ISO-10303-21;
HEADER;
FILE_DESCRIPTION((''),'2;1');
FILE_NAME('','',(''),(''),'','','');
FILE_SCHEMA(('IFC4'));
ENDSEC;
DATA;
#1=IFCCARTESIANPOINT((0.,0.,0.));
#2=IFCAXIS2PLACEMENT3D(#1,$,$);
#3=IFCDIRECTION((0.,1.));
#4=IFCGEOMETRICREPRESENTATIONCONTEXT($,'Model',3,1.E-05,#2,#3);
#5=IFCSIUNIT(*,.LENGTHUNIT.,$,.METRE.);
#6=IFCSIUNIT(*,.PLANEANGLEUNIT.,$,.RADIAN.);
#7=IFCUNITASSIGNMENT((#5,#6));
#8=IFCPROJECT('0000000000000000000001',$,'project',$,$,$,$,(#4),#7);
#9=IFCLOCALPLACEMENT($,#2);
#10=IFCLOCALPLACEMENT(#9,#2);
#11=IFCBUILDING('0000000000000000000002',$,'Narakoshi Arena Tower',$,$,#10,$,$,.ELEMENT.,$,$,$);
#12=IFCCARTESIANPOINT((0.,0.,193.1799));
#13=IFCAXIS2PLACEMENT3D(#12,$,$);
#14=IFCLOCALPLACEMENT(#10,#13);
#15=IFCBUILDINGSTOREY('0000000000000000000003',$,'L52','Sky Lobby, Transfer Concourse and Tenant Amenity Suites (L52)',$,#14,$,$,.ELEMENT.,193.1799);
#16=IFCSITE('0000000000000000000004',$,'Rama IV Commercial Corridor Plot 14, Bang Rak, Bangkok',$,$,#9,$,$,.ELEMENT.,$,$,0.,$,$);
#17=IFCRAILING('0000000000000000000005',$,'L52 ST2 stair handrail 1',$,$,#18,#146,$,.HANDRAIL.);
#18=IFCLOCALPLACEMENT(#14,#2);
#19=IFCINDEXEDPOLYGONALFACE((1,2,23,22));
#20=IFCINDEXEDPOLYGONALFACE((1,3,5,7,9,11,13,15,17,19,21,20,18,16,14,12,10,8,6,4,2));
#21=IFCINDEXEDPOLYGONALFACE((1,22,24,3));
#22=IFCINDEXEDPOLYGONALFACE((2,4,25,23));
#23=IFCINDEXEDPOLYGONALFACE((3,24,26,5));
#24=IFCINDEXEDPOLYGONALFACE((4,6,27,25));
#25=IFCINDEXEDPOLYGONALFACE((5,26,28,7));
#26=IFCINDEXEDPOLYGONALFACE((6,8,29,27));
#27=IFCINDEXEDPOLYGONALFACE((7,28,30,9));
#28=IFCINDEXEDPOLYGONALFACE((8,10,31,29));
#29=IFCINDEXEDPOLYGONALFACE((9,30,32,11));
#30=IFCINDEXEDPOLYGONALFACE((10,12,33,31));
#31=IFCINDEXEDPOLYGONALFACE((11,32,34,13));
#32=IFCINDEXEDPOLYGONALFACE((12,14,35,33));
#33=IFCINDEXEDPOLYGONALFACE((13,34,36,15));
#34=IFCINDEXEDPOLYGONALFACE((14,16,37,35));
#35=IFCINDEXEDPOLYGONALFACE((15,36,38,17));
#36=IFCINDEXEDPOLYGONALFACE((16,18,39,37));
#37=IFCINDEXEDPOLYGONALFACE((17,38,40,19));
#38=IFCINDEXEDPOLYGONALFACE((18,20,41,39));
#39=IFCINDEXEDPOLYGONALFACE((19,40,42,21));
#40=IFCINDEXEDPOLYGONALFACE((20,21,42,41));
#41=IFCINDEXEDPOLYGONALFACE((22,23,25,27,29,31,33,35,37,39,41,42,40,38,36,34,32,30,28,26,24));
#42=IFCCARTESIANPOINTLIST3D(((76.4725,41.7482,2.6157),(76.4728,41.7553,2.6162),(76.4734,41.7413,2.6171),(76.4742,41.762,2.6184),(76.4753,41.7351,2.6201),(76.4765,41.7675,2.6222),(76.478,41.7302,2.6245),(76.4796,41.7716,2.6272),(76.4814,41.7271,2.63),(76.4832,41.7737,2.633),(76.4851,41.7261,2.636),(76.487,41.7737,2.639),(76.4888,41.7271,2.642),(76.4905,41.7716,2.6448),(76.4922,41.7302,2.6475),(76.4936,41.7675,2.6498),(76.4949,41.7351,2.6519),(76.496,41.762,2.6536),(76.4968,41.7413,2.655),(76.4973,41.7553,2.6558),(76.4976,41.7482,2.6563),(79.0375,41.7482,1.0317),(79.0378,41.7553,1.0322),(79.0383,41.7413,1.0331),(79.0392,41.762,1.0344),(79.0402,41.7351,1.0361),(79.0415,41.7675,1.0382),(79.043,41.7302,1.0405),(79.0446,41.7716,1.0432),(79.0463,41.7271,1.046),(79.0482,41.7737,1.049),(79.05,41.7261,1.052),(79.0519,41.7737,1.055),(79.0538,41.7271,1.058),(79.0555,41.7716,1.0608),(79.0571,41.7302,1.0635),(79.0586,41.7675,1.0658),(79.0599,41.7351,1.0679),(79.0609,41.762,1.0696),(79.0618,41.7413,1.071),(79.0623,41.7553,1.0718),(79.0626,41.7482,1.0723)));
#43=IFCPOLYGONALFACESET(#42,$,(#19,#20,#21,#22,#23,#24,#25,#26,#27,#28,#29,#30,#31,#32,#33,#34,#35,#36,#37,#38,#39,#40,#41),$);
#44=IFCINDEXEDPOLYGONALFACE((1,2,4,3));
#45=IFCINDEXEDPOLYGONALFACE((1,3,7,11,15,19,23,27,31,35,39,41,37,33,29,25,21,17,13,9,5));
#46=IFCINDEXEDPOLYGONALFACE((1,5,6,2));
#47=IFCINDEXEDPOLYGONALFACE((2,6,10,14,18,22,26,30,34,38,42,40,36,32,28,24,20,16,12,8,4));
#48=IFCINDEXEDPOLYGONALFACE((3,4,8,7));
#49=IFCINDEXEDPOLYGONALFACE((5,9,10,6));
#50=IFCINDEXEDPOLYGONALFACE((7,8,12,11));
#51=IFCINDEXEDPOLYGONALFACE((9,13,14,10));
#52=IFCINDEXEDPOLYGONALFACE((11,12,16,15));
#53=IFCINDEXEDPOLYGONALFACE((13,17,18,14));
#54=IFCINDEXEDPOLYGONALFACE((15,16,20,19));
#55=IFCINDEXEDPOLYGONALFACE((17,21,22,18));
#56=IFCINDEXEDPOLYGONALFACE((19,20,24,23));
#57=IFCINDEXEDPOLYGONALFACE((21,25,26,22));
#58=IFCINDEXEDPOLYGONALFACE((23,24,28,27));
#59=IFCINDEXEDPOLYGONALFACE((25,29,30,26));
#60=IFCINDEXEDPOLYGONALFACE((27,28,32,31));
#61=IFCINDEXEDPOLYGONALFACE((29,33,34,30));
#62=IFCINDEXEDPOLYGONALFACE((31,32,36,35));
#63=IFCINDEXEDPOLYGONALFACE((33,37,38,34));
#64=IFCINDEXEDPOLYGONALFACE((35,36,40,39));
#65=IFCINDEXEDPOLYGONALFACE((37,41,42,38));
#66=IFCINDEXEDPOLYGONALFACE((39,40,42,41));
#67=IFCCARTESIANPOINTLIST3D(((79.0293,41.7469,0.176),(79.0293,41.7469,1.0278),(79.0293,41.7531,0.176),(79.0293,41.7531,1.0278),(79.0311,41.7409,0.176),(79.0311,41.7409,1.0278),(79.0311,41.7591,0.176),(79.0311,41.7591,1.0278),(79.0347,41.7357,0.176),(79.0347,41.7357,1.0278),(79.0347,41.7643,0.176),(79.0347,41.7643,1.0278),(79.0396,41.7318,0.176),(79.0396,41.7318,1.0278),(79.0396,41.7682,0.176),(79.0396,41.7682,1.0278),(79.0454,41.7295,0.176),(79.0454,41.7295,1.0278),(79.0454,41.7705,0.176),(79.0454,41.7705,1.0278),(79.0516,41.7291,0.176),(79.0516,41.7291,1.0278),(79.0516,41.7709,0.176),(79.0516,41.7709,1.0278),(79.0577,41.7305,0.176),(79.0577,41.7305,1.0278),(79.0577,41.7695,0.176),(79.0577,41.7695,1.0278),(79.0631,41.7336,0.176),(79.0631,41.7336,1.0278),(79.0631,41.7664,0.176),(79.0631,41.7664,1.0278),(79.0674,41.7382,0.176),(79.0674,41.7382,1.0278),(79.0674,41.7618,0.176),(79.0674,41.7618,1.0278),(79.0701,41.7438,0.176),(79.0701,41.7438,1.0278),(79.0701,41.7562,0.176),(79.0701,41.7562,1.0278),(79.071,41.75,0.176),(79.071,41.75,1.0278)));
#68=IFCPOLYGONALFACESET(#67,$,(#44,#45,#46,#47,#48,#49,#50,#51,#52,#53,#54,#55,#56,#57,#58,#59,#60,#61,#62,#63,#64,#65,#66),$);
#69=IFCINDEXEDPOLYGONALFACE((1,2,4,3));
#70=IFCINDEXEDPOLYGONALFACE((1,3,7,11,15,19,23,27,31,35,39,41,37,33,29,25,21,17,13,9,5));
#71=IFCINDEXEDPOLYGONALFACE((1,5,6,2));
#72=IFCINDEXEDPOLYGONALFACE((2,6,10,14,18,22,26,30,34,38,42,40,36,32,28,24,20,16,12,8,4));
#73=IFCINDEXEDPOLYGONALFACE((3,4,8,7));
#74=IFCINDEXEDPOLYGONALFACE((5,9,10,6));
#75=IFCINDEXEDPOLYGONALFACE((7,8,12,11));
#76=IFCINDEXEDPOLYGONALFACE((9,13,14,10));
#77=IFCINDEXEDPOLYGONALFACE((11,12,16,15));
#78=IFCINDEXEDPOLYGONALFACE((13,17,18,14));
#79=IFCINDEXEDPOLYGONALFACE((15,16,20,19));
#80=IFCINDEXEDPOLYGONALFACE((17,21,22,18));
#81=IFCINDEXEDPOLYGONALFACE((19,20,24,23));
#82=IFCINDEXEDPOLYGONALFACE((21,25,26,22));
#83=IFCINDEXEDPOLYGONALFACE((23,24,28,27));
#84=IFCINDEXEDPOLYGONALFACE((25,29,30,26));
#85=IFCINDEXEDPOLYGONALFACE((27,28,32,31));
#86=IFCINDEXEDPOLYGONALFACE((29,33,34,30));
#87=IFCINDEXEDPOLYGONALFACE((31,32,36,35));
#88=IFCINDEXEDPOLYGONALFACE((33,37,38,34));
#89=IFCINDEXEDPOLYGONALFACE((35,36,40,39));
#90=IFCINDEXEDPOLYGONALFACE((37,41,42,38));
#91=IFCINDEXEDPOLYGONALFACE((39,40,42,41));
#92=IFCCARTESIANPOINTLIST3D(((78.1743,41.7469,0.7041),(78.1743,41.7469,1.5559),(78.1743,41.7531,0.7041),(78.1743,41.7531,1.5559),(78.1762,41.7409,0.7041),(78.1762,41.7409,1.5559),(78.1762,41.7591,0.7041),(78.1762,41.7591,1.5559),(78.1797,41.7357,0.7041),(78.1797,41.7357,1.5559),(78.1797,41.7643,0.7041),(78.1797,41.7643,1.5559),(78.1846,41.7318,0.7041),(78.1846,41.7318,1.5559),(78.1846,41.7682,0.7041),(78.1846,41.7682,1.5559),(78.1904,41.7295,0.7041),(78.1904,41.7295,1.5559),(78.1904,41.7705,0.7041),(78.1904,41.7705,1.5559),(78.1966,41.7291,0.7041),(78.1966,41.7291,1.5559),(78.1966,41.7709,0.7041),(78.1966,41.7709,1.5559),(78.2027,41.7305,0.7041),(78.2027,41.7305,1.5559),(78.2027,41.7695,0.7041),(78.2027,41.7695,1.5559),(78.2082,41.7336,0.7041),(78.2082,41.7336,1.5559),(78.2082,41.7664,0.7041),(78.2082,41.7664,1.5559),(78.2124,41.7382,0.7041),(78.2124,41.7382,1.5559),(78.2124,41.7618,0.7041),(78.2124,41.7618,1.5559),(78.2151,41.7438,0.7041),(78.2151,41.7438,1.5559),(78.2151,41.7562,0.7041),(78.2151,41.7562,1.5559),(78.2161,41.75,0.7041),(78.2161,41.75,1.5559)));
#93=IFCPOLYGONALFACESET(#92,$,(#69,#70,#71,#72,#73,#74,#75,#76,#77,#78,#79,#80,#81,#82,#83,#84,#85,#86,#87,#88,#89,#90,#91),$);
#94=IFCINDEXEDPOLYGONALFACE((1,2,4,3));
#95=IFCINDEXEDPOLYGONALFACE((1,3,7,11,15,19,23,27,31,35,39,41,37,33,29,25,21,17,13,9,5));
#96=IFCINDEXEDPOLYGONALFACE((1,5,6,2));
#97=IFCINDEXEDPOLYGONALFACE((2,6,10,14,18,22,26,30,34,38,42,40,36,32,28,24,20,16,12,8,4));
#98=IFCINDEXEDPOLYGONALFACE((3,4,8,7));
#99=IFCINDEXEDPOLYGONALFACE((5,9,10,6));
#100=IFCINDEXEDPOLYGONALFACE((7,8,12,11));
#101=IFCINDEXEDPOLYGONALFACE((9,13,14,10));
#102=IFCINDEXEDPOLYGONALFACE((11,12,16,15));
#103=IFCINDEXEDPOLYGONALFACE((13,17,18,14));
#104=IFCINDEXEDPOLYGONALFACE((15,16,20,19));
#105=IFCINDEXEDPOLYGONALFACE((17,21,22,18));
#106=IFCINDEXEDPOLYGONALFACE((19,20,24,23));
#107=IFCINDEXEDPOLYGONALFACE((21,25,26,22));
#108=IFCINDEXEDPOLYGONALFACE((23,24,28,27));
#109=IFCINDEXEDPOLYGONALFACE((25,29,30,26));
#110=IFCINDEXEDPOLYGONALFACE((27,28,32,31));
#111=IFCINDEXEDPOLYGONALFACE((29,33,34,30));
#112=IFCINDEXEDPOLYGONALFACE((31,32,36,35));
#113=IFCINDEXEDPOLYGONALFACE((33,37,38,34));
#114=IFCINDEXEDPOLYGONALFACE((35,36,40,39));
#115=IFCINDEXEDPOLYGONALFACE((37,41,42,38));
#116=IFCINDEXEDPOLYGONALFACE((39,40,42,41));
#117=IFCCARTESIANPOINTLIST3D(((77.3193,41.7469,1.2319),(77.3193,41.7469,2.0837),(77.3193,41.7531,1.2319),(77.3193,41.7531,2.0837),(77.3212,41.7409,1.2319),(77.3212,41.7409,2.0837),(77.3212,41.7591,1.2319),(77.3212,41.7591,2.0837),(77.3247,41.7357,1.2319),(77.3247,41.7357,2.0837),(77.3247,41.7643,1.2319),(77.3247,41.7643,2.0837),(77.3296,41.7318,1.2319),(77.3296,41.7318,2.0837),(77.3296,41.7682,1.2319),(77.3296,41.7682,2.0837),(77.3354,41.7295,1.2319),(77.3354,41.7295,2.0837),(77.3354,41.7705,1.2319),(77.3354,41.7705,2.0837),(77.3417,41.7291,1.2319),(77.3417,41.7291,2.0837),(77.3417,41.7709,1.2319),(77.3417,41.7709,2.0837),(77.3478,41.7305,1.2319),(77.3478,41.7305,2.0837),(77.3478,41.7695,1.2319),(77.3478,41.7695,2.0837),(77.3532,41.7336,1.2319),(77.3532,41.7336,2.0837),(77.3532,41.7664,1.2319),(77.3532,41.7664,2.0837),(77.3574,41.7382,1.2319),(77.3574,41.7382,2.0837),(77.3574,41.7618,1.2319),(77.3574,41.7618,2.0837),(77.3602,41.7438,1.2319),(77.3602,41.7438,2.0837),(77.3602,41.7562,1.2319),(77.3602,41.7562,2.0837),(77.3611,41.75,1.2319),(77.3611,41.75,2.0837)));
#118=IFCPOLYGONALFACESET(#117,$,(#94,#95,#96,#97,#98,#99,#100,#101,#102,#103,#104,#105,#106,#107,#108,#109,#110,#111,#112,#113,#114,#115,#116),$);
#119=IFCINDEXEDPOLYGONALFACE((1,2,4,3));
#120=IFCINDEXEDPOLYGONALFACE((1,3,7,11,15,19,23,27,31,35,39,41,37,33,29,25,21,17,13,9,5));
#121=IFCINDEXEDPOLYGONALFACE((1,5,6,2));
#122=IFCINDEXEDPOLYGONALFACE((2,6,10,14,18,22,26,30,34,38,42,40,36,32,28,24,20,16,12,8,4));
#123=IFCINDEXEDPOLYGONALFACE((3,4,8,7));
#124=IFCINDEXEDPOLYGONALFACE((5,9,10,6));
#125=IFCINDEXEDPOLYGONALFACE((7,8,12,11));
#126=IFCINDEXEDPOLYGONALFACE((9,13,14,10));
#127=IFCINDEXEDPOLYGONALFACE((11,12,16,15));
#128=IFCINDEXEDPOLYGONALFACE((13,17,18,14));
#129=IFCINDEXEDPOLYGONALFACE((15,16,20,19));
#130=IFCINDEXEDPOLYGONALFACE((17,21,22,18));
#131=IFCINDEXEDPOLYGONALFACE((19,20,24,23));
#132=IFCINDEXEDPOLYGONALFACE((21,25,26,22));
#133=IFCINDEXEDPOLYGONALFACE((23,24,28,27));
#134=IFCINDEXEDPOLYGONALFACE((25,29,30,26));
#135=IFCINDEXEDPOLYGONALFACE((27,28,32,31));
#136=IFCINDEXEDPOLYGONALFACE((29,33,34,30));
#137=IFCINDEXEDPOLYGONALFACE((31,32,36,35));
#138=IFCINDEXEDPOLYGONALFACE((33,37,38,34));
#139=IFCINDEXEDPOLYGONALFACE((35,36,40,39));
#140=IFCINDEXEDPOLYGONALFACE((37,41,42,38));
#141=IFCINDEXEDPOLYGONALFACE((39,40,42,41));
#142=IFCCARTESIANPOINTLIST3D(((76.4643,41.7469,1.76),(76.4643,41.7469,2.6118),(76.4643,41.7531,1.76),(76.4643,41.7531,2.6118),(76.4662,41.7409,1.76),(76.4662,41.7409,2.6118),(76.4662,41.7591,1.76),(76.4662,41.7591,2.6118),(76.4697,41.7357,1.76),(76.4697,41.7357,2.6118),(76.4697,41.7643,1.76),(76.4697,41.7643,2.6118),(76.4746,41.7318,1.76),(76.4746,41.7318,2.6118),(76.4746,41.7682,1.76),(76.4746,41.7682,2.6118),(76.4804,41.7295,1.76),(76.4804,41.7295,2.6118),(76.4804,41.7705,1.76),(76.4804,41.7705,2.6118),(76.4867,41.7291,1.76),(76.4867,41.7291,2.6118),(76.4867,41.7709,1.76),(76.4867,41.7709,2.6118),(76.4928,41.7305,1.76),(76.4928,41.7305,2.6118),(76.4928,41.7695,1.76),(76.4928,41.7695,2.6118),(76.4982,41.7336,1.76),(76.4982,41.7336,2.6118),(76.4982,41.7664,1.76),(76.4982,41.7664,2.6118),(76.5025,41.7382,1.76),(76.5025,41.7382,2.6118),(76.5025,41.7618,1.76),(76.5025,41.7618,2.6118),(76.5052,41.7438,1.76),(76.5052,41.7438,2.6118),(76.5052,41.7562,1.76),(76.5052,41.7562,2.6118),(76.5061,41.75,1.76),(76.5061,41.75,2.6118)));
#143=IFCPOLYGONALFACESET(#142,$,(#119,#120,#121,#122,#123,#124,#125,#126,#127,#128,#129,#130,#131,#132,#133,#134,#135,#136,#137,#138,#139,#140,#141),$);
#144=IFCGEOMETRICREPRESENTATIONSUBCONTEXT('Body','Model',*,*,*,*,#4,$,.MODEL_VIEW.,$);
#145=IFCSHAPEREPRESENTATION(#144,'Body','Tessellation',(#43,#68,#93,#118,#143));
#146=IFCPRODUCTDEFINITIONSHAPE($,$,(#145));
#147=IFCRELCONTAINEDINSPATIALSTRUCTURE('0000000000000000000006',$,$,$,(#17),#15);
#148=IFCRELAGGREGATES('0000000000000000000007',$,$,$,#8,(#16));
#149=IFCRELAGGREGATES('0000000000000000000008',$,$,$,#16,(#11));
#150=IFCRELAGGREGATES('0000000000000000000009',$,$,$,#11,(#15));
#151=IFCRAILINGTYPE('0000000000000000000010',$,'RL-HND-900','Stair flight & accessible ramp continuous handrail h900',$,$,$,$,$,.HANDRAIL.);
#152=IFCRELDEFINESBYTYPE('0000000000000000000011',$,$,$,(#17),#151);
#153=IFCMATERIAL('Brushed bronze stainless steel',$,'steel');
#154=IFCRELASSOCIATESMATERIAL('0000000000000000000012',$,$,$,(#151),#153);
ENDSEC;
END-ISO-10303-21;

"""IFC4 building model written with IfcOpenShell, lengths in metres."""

from ifc_helpers import new_model, si_unit, direction, frame, origin, origin_2d, place, context, subcontext, project, spatial, circle, extrude, material, type_object, element, save


model = new_model("IFC4")

# Units and contexts
model_context = context("Model", 3, precision=1e-05, world=origin(), true_north=direction((0.0, 1.0)))
body_context = subcontext(model_context, "Body", "Model", "MODEL_VIEW")
ifc_project = project(units=[si_unit("LENGTHUNIT", "METRE"), si_unit("PLANEANGLEUNIT", "RADIAN")], contexts=[model_context])

# Site, building, storey
site_placement = place(None, origin())
site = spatial("IfcSite", under=ifc_project, at=site_placement, Name="Rama IV Commercial Corridor Plot 14, Bang Rak, Bangkok", CompositionType="ELEMENT", RefElevation=0.0)
building_placement = place(site_placement, origin())
building = spatial("IfcBuilding", under=site, at=building_placement, Name="Narakoshi Arena Tower", CompositionType="ELEMENT")
storey_placement = place(building_placement, frame((0.0, 0.0, 193.1799)))
storey = spatial("IfcBuildingStorey", under=building, at=storey_placement, Name="L52", Description="Sky Lobby, Transfer Concourse and Tenant Amenity Suites (L52)", CompositionType="ELEMENT", Elevation=193.1799)

# Railing
ifc_material_1 = material(Name="Brushed bronze stainless steel", Category="steel")
railing_type_1 = type_object("IfcRailingType", Name="RL-HND-900", Description="Stair flight & accessible ramp continuous handrail h900", PredefinedType="HANDRAIL", material=ifc_material_1)
railing_1_placement = place(storey_placement, frame((79.05, 41.75, 0.176)))
element("IfcRailing", 1, at=railing_1_placement, inside=storey, type_object=railing_type_1, Name="L52 ST2 stair handrail 1", PredefinedType="HANDRAIL", context=body_context, shape_type="SweptSolid", body=[
    extrude(circle(Radius=0.0239, at=origin_2d()), frame((0.0, 0.0, 0.876), z_axis=(-0.850834, 0.0, 0.525434), x_axis=(0.0, -1.0, 0.0)), (0.0, 0.0, 1.0), 3.0146),
    extrude(circle(Radius=0.021, at=origin_2d()), origin(), (0.0, 0.0, 1.0), 0.8518),
    extrude(circle(Radius=0.021, at=origin_2d()), frame((-0.855, 0.0, 0.5281)), (0.0, 0.0, 1.0), 0.8518),
    extrude(circle(Radius=0.021, at=origin_2d()), frame((-1.71, 0.0, 1.0559)), (0.0, 0.0, 1.0), 0.8518),
    extrude(circle(Radius=0.021, at=origin_2d()), frame((-2.5649, 0.0, 1.584)), (0.0, 0.0, 1.0), 0.8518),
])

save(model, "model.ifc")
